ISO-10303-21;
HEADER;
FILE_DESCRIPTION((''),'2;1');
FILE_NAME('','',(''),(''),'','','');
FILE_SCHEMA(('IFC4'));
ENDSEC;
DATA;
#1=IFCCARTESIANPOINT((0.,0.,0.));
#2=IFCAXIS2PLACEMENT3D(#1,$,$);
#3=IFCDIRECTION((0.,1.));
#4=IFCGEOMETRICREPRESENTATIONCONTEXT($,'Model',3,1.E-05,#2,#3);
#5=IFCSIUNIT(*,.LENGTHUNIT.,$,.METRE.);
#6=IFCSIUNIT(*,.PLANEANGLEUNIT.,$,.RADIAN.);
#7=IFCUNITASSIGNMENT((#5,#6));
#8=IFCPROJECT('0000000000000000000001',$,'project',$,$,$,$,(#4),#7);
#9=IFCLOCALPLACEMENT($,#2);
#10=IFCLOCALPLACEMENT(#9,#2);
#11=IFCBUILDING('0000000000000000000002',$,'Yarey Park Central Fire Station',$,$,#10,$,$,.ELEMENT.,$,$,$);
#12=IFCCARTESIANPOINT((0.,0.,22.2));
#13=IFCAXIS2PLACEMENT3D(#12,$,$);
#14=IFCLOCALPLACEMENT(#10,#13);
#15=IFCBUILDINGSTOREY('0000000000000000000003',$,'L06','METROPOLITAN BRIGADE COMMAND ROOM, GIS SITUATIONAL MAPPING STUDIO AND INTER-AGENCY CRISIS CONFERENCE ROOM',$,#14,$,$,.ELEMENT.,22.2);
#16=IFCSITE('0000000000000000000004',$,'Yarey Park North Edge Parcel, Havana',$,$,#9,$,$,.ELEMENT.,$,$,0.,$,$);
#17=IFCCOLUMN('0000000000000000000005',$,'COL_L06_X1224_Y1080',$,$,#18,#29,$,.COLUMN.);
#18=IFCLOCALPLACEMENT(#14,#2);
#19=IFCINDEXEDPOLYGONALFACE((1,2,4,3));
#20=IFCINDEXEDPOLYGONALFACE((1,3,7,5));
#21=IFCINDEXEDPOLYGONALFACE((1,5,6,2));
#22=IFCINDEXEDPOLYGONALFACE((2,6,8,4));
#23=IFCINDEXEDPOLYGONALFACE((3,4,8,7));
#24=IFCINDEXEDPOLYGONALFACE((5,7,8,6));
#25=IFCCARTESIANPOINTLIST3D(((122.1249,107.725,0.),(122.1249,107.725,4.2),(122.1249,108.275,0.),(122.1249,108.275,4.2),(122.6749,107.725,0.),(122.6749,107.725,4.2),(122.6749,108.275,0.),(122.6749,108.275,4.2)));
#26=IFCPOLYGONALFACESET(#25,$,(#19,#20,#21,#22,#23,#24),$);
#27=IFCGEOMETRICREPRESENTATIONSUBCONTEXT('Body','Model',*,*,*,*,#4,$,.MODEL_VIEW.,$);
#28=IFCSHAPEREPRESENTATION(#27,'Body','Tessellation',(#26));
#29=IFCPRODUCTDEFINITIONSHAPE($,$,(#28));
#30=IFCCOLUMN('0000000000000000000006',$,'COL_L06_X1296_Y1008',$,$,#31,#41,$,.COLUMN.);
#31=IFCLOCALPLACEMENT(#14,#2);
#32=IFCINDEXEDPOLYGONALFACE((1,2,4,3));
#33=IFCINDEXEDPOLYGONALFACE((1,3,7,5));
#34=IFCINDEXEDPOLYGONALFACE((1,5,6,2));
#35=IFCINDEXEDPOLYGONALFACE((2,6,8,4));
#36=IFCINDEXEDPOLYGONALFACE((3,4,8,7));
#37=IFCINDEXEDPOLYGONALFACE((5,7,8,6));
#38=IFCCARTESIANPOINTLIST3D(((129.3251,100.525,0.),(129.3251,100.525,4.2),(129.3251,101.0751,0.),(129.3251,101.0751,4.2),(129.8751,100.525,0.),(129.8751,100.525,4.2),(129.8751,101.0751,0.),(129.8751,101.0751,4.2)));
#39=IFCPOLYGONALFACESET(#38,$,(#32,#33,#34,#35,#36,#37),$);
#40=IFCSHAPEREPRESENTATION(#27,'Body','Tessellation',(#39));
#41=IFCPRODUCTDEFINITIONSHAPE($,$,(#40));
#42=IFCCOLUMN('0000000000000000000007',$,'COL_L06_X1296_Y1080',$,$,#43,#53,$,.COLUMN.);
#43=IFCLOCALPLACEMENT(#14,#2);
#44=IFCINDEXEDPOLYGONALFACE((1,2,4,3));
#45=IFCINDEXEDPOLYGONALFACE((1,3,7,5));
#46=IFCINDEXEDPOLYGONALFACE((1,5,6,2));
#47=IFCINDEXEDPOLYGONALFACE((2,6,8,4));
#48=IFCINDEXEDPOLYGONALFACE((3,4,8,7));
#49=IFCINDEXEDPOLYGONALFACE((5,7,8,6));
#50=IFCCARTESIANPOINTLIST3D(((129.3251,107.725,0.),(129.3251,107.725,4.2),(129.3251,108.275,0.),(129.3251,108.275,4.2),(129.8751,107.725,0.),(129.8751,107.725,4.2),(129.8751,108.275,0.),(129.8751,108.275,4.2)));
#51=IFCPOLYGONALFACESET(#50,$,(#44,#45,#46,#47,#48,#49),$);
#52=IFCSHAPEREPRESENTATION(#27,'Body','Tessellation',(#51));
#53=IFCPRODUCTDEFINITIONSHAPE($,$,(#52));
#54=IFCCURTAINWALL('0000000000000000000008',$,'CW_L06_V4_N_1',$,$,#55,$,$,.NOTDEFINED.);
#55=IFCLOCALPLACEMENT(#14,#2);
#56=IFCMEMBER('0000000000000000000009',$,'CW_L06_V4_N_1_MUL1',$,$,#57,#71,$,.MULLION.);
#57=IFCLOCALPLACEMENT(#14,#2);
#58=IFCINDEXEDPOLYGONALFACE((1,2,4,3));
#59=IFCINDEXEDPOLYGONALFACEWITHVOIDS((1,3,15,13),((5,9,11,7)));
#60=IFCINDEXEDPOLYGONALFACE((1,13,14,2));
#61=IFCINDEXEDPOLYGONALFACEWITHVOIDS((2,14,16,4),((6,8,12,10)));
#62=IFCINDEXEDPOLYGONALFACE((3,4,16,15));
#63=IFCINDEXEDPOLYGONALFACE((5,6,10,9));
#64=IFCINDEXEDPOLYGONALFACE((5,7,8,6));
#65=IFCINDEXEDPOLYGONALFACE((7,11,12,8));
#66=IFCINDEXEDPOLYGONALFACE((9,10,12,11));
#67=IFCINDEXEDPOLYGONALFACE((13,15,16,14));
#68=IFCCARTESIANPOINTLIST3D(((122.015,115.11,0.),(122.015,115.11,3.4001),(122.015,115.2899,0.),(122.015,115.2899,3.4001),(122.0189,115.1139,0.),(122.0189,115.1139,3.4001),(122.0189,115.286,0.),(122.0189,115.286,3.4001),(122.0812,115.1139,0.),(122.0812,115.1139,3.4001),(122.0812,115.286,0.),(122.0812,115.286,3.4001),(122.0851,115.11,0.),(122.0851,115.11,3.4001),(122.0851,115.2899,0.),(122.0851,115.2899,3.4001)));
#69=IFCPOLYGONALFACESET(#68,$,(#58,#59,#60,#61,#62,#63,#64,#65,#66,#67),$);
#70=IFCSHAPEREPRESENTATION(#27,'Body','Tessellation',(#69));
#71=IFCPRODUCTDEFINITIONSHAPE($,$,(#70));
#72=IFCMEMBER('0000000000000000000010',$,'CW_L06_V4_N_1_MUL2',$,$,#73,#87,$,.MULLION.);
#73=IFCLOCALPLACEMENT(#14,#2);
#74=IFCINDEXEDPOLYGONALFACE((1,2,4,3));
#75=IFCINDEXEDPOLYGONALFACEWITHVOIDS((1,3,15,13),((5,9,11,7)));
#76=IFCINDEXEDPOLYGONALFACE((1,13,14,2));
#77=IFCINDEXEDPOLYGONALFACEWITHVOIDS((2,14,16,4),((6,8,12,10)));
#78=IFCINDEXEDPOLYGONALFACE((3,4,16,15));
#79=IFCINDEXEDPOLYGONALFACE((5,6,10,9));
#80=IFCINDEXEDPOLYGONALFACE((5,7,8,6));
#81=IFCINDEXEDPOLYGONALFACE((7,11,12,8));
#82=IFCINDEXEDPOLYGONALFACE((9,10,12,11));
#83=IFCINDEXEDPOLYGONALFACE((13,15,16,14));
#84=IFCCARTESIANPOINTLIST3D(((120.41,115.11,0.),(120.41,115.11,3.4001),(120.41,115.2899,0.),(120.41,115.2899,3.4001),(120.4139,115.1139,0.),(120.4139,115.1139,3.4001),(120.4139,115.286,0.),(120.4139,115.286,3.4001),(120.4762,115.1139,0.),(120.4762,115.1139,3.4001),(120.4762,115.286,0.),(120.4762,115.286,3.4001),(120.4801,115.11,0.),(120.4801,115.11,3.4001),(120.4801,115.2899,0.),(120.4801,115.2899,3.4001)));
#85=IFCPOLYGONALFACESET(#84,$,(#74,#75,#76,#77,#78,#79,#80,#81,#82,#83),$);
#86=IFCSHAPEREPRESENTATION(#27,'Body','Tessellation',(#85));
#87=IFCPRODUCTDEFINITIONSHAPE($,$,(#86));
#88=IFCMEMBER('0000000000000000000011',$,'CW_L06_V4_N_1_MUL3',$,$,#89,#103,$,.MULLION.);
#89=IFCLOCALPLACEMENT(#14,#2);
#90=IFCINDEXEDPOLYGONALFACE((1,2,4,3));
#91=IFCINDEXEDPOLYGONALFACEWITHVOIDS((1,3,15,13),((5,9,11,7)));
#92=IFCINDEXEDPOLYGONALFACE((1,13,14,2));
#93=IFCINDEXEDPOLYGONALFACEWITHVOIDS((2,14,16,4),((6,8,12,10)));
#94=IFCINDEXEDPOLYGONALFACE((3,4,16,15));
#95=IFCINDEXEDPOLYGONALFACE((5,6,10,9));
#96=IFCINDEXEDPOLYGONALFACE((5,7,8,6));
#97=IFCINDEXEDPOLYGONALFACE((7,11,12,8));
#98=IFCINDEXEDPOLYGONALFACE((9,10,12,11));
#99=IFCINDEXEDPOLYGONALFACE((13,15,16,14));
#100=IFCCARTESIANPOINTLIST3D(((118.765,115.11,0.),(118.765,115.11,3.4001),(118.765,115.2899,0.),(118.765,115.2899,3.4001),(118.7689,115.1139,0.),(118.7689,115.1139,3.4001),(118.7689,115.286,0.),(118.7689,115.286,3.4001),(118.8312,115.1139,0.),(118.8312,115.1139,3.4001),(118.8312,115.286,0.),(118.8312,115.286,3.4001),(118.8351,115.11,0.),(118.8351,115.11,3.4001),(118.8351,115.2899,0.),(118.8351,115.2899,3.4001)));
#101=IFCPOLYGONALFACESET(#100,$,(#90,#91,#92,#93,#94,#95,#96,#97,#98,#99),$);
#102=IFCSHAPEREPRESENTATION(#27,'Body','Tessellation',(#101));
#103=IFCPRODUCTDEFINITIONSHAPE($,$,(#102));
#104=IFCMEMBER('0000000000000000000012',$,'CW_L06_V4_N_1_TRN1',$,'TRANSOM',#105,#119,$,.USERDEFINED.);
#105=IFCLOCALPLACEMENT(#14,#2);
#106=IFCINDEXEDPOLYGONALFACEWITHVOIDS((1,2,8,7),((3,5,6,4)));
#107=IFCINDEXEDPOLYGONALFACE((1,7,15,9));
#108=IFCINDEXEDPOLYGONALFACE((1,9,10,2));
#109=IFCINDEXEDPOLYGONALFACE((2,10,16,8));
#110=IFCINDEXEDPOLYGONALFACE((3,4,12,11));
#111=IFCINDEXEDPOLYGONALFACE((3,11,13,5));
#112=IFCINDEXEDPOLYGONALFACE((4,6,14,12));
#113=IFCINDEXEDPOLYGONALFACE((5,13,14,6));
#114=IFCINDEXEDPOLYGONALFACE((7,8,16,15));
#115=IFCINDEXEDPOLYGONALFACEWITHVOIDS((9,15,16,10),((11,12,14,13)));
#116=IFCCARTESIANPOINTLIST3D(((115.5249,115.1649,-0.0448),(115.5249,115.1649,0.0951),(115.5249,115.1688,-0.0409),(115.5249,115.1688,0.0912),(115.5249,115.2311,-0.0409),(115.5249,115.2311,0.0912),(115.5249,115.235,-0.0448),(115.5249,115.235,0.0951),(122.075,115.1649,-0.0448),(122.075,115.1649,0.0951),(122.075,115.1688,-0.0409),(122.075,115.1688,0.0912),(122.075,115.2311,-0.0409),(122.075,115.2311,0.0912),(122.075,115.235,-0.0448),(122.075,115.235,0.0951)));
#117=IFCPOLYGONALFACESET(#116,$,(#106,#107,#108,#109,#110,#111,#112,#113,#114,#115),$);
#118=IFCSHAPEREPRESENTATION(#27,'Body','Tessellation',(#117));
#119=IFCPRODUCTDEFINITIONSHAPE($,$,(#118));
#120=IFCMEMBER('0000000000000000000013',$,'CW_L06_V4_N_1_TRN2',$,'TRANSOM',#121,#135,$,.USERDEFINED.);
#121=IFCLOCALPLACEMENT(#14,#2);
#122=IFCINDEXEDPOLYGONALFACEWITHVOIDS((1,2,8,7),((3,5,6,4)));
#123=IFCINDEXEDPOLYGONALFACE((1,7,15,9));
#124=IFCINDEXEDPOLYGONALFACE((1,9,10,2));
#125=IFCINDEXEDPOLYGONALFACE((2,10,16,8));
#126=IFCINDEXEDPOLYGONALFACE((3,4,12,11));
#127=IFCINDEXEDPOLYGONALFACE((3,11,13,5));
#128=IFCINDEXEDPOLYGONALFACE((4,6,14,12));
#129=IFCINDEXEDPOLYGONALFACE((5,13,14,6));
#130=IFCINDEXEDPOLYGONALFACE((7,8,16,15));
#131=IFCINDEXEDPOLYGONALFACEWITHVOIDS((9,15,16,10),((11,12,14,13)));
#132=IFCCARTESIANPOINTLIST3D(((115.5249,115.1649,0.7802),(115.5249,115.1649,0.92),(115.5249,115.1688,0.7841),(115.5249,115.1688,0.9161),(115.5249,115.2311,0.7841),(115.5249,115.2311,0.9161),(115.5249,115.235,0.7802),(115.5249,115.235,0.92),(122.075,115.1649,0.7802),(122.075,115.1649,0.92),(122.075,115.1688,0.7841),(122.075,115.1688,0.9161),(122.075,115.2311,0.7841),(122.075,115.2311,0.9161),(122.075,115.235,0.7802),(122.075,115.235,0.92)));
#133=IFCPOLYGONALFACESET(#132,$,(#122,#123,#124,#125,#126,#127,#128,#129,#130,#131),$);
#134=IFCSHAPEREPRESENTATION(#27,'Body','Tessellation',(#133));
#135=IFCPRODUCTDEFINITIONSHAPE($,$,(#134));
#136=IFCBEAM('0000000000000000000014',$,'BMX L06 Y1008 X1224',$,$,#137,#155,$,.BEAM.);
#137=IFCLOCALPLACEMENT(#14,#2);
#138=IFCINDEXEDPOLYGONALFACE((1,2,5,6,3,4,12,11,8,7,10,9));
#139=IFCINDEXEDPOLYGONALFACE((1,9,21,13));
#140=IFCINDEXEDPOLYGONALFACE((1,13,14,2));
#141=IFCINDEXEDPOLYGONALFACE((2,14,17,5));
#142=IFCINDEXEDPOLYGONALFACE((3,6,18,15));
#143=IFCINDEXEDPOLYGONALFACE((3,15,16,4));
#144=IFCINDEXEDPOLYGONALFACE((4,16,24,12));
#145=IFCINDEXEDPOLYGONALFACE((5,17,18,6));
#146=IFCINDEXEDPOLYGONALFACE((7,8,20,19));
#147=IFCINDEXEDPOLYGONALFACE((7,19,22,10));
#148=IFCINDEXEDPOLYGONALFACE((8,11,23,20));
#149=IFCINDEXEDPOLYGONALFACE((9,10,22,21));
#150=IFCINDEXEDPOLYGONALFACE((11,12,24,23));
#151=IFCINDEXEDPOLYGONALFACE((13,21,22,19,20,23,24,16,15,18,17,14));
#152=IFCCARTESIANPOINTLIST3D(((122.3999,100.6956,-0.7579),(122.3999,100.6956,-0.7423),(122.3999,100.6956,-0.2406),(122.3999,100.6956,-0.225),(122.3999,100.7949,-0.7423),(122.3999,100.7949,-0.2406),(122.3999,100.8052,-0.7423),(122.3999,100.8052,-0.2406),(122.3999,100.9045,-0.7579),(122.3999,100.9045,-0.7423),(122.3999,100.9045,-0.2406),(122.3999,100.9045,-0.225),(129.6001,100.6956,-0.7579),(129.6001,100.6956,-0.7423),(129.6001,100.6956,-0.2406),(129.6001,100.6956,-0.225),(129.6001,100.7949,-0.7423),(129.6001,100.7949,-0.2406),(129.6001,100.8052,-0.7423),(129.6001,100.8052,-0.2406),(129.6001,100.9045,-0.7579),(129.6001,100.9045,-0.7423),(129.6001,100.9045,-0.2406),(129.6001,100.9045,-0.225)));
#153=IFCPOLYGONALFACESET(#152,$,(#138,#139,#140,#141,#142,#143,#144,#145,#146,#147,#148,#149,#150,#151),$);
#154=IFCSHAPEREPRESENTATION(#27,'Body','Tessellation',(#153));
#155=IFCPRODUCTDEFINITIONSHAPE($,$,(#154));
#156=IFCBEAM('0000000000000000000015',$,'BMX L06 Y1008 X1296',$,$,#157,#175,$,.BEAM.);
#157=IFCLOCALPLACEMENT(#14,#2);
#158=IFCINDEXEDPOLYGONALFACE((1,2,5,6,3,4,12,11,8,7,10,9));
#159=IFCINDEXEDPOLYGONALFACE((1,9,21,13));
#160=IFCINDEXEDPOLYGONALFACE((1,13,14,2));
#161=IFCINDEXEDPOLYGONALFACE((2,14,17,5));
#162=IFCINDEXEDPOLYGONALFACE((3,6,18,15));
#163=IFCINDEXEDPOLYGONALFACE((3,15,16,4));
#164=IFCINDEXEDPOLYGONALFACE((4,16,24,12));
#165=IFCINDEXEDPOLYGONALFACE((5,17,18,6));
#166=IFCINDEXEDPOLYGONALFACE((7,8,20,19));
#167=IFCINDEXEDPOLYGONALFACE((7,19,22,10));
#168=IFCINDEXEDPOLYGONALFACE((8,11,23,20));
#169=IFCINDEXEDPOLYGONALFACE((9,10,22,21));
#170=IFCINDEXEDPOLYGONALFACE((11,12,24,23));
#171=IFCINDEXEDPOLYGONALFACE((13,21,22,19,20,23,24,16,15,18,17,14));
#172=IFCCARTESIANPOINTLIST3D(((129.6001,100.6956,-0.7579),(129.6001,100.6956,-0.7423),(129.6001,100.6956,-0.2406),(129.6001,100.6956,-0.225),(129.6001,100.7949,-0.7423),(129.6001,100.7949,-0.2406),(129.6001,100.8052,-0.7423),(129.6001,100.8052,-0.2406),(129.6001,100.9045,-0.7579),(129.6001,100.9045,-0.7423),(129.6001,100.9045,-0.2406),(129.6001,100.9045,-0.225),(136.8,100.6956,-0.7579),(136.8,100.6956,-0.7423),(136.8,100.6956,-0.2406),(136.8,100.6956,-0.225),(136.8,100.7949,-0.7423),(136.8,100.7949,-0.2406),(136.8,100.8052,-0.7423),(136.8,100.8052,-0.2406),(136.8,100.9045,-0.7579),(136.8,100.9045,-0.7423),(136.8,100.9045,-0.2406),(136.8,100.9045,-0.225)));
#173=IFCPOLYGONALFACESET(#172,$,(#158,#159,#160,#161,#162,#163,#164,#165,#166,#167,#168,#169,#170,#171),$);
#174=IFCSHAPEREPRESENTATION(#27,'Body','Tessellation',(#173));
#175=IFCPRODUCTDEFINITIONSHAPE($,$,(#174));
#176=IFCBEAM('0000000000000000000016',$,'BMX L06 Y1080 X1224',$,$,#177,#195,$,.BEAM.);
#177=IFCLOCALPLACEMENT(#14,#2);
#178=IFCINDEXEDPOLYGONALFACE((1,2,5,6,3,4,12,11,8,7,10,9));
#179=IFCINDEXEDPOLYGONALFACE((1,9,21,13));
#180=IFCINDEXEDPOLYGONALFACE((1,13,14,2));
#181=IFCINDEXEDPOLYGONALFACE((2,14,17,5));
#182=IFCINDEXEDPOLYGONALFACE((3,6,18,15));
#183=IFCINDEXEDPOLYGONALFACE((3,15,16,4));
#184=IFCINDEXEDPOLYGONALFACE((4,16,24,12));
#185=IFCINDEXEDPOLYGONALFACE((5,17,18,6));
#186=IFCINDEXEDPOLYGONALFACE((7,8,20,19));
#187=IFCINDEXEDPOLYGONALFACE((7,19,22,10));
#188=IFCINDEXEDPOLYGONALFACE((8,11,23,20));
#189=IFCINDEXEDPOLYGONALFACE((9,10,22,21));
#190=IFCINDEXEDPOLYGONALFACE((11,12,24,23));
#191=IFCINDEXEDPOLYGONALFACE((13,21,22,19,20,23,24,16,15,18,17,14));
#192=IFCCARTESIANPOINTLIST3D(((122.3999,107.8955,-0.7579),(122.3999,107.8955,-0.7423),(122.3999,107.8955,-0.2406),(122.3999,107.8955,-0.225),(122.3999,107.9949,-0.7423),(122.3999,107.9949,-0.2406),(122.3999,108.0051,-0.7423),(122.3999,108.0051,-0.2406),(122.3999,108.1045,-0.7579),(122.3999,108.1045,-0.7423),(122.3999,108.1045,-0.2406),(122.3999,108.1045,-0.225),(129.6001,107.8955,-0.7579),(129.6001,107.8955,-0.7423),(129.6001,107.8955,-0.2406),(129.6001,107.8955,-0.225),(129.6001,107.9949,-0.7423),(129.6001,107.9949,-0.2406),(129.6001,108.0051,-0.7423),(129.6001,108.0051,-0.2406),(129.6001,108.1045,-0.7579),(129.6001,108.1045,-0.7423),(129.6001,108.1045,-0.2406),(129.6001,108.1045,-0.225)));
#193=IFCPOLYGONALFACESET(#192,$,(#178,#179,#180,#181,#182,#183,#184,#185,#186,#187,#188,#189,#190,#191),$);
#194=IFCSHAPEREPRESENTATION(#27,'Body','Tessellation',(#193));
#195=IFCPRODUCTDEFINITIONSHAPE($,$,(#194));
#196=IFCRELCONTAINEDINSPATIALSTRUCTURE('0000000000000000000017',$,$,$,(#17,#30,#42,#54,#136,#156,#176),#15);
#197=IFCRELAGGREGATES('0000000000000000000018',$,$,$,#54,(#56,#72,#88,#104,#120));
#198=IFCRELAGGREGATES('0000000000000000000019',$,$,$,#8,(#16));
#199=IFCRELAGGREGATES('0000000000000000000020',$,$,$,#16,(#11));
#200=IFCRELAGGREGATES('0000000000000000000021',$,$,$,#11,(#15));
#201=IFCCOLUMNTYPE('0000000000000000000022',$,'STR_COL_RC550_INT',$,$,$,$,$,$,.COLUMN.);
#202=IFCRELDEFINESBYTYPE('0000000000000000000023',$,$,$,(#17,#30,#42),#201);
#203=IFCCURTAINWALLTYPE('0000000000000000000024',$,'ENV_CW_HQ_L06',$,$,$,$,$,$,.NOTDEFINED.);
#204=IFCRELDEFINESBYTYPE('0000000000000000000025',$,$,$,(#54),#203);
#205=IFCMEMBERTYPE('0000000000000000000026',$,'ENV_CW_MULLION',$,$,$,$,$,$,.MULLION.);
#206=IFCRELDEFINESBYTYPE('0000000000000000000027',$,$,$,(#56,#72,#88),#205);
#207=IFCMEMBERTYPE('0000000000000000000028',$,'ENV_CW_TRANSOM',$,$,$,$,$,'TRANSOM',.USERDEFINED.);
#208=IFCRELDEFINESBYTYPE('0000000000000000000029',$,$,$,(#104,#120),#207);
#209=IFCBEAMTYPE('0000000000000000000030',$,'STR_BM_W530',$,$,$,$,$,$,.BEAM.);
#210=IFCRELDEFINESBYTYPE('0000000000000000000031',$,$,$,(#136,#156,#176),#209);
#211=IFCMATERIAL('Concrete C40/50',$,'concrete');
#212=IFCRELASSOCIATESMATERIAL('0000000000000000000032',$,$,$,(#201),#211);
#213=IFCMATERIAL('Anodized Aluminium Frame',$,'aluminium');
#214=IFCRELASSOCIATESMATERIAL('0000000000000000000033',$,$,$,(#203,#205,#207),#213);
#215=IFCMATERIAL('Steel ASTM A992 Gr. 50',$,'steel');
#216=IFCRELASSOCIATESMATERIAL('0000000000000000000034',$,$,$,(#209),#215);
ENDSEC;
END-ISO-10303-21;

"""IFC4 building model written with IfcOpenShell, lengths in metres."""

from ifc_helpers import new_model, si_unit, direction, frame, origin, origin_2d, place, context, subcontext, project, spatial, rectangle, hollow_rectangle, i_section, extrude, material, material_profile, profile_set, type_object, element, aggregate, save


model = new_model("IFC4")

# Units and contexts
model_context = context("Model", 3, precision=1e-05, world=origin(), true_north=direction((0.0, 1.0)))
body_context = subcontext(model_context, "Body", "Model", "MODEL_VIEW")
ifc_project = project(units=[si_unit("LENGTHUNIT", "METRE"), si_unit("PLANEANGLEUNIT", "RADIAN")], contexts=[model_context])

# Site, building, storey
site_placement = place(None, origin())
site = spatial("IfcSite", under=ifc_project, at=site_placement, Name="Yarey Park North Edge Parcel, Havana", CompositionType="ELEMENT", RefElevation=0.0)
building_placement = place(site_placement, origin())
building = spatial("IfcBuilding", under=site, at=building_placement, Name="Yarey Park Central Fire Station", CompositionType="ELEMENT")
storey_placement = place(building_placement, frame((0.0, 0.0, 22.2)))
storey = spatial("IfcBuildingStorey", under=building, at=storey_placement, Name="L06", Description="METROPOLITAN BRIGADE COMMAND ROOM, GIS SITUATIONAL MAPPING STUDIO AND INTER-AGENCY CRISIS CONFERENCE ROOM", CompositionType="ELEMENT", Elevation=22.2)

# Columns
ifc_material_1 = material(Name="Concrete C40/50", Category="concrete")
ifc_material_profile_1 = material_profile(ifc_material_1, rectangle(XDim=0.55, YDim=0.55, at=origin_2d()), Name="RC 550x550")
ifc_profile_set_1 = profile_set([ifc_material_profile_1], Name="Concrete C40/50")
column_type = type_object("IfcColumnType", Name="STR_COL_RC550_INT", PredefinedType="COLUMN", material=ifc_profile_set_1)
for number, where, z_axis, x_axis, name in (
    (1, (122.3999, 108.0, 0.0), (0.0, 0.0, 1.0), (1.0, 0.0, 0.0), "COL_L06_X1224_Y1080"),
    (2, (129.6001, 100.8, 0.0), (0.0, 0.0, 1.0), (1.0, 0.0, 0.0), "COL_L06_X1296_Y1008"),
    (3, (129.6001, 108.0, 0.0), (0.0, 0.0, 1.0), (1.0, 0.0, 0.0), "COL_L06_X1296_Y1080"),
):
    element("IfcColumn", number, at=place(storey_placement, frame(where, z_axis=z_axis, x_axis=x_axis)), inside=storey, type_object=column_type, Name=name, PredefinedType="COLUMN", context=body_context, shape_type="SweptSolid", body=[
        extrude(rectangle(XDim=0.55, YDim=0.55, at=origin_2d()), origin(), (0.0, 0.0, 1.0), 4.2),
    ])

# Curtain wall, members
ifc_material_2 = material(Name="Anodized Aluminium Frame", Category="aluminium")
curtain_wall_type = type_object("IfcCurtainWallType", Name="ENV_CW_HQ_L06", PredefinedType="NOTDEFINED", material=ifc_material_2)
curtain_wall_placement = place(storey_placement, origin())
curtain_wall = element("IfcCurtainWall", 4, at=curtain_wall_placement, inside=storey, type_object=curtain_wall_type, Name="CW_L06_V4_N_1", PredefinedType="NOTDEFINED")
ifc_material_profile_2 = material_profile(ifc_material_2, hollow_rectangle(XDim=0.0701, YDim=0.1799, WallThickness=0.0039, at=origin_2d()), Name="ALU 180x70x4")
ifc_profile_set_2 = profile_set([ifc_material_profile_2], Name="Anodized Aluminium Frame")
member_type_1 = type_object("IfcMemberType", Name="ENV_CW_MULLION", PredefinedType="MULLION", material=ifc_profile_set_2)
member_1_placement = place(storey_placement, frame((122.05, 115.2, 0.0), z_axis=(0.0, 0.0, 1.0), x_axis=(1.0, 0.0, 0.0)))
member_1 = element("IfcMember", 5, at=member_1_placement, type_object=member_type_1, Name="CW_L06_V4_N_1_MUL1", PredefinedType="MULLION", context=body_context, shape_type="SweptSolid", body=[
    extrude(hollow_rectangle(XDim=0.0701, YDim=0.1799, WallThickness=0.0039, at=origin_2d()), origin(), (0.0, 0.0, 1.0), 3.4001),
])
member_2_placement = place(storey_placement, frame((120.4451, 115.2, 0.0), z_axis=(0.0, 0.0, 1.0), x_axis=(1.0, 0.0, 0.0)))
member_2 = element("IfcMember", 6, at=member_2_placement, type_object=member_type_1, Name="CW_L06_V4_N_1_MUL2", PredefinedType="MULLION", context=body_context, shape_type="SweptSolid", body=[
    extrude(hollow_rectangle(XDim=0.0701, YDim=0.1799, WallThickness=0.0039, at=origin_2d()), origin(), (0.0, 0.0, 1.0), 3.4001),
])
member_3_placement = place(storey_placement, frame((118.8, 115.2, 0.0), z_axis=(0.0, 0.0, 1.0), x_axis=(1.0, 0.0, 0.0)))
member_3 = element("IfcMember", 7, at=member_3_placement, type_object=member_type_1, Name="CW_L06_V4_N_1_MUL3", PredefinedType="MULLION", context=body_context, shape_type="SweptSolid", body=[
    extrude(hollow_rectangle(XDim=0.0701, YDim=0.1799, WallThickness=0.0039, at=origin_2d()), origin(), (0.0, 0.0, 1.0), 3.4001),
])
ifc_material_profile_3 = material_profile(ifc_material_2, hollow_rectangle(XDim=0.0701, YDim=0.1399, WallThickness=0.0039, at=origin_2d()), Name="ALU 140x70x4")
ifc_profile_set_3 = profile_set([ifc_material_profile_3], Name="Anodized Aluminium Frame")
member_type_2 = type_object("IfcMemberType", Name="ENV_CW_TRANSOM", ElementType="TRANSOM", PredefinedType="USERDEFINED", material=ifc_profile_set_3)
member_4_placement = place(storey_placement, frame((122.075, 115.2, 0.0251), z_axis=(-1.0, 0.0, 0.0), x_axis=(0.0, -1.0, 0.0)))
member_4 = element("IfcMember", 8, at=member_4_placement, type_object=member_type_2, Name="CW_L06_V4_N_1_TRN1", ObjectType="TRANSOM", PredefinedType="USERDEFINED", context=body_context, shape_type="SweptSolid", body=[
    extrude(hollow_rectangle(XDim=0.0701, YDim=0.1399, WallThickness=0.0039, at=origin_2d()), origin(), (0.0, 0.0, 1.0), 6.55),
])
member_5_placement = place(storey_placement, frame((122.075, 115.2, 0.8501), z_axis=(-1.0, 0.0, 0.0), x_axis=(0.0, -1.0, 0.0)))
member_5 = element("IfcMember", 9, at=member_5_placement, type_object=member_type_2, Name="CW_L06_V4_N_1_TRN2", ObjectType="TRANSOM", PredefinedType="USERDEFINED", context=body_context, shape_type="SweptSolid", body=[
    extrude(hollow_rectangle(XDim=0.0701, YDim=0.1399, WallThickness=0.0039, at=origin_2d()), origin(), (0.0, 0.0, 1.0), 6.55),
])

# Beams
ifc_material_3 = material(Name="Steel ASTM A992 Gr. 50", Category="steel")
ifc_material_profile_4 = material_profile(ifc_material_3, i_section(OverallWidth=0.209, OverallDepth=0.533, WebThickness=0.0103, FlangeThickness=0.0156, at=origin_2d()), Name="W530x92")
ifc_profile_set_4 = profile_set([ifc_material_profile_4], Name="Steel ASTM A992 Gr. 50")
beam_type_1 = type_object("IfcBeamType", Name="STR_BM_W530", PredefinedType="BEAM", material=ifc_profile_set_4)
beam_1_placement = place(storey_placement, frame((122.3999, 100.8, -0.4915), z_axis=(1.0, 0.0, 0.0), x_axis=(0.0, 1.0, 0.0)))
element("IfcBeam", 10, at=beam_1_placement, inside=storey, type_object=beam_type_1, Name="BMX L06 Y1008 X1224", PredefinedType="BEAM", context=body_context, shape_type="SweptSolid", body=[
    extrude(i_section(OverallWidth=0.209, OverallDepth=0.533, WebThickness=0.0103, FlangeThickness=0.0156, at=origin_2d()), origin(), (0.0, 0.0, 1.0), 7.2002),
])
beam_2_placement = place(storey_placement, frame((129.6001, 100.8, -0.4915), z_axis=(1.0, 0.0, 0.0), x_axis=(0.0, 1.0, 0.0)))
element("IfcBeam", 11, at=beam_2_placement, inside=storey, type_object=beam_type_1, Name="BMX L06 Y1008 X1296", PredefinedType="BEAM", context=body_context, shape_type="SweptSolid", body=[
    extrude(i_section(OverallWidth=0.209, OverallDepth=0.533, WebThickness=0.0103, FlangeThickness=0.0156, at=origin_2d()), origin(), (0.0, 0.0, 1.0), 7.2),
])
beam_3_placement = place(storey_placement, frame((122.3999, 108.0, -0.4915), z_axis=(1.0, 0.0, 0.0), x_axis=(0.0, 1.0, 0.0)))
element("IfcBeam", 12, at=beam_3_placement, inside=storey, type_object=beam_type_1, Name="BMX L06 Y1080 X1224", PredefinedType="BEAM", context=body_context, shape_type="SweptSolid", body=[
    extrude(i_section(OverallWidth=0.209, OverallDepth=0.533, WebThickness=0.0103, FlangeThickness=0.0156, at=origin_2d()), origin(), (0.0, 0.0, 1.0), 7.2002),
])

aggregate(curtain_wall, [member_1, member_2, member_3, member_4, member_5])

save(model, "model.ifc")
